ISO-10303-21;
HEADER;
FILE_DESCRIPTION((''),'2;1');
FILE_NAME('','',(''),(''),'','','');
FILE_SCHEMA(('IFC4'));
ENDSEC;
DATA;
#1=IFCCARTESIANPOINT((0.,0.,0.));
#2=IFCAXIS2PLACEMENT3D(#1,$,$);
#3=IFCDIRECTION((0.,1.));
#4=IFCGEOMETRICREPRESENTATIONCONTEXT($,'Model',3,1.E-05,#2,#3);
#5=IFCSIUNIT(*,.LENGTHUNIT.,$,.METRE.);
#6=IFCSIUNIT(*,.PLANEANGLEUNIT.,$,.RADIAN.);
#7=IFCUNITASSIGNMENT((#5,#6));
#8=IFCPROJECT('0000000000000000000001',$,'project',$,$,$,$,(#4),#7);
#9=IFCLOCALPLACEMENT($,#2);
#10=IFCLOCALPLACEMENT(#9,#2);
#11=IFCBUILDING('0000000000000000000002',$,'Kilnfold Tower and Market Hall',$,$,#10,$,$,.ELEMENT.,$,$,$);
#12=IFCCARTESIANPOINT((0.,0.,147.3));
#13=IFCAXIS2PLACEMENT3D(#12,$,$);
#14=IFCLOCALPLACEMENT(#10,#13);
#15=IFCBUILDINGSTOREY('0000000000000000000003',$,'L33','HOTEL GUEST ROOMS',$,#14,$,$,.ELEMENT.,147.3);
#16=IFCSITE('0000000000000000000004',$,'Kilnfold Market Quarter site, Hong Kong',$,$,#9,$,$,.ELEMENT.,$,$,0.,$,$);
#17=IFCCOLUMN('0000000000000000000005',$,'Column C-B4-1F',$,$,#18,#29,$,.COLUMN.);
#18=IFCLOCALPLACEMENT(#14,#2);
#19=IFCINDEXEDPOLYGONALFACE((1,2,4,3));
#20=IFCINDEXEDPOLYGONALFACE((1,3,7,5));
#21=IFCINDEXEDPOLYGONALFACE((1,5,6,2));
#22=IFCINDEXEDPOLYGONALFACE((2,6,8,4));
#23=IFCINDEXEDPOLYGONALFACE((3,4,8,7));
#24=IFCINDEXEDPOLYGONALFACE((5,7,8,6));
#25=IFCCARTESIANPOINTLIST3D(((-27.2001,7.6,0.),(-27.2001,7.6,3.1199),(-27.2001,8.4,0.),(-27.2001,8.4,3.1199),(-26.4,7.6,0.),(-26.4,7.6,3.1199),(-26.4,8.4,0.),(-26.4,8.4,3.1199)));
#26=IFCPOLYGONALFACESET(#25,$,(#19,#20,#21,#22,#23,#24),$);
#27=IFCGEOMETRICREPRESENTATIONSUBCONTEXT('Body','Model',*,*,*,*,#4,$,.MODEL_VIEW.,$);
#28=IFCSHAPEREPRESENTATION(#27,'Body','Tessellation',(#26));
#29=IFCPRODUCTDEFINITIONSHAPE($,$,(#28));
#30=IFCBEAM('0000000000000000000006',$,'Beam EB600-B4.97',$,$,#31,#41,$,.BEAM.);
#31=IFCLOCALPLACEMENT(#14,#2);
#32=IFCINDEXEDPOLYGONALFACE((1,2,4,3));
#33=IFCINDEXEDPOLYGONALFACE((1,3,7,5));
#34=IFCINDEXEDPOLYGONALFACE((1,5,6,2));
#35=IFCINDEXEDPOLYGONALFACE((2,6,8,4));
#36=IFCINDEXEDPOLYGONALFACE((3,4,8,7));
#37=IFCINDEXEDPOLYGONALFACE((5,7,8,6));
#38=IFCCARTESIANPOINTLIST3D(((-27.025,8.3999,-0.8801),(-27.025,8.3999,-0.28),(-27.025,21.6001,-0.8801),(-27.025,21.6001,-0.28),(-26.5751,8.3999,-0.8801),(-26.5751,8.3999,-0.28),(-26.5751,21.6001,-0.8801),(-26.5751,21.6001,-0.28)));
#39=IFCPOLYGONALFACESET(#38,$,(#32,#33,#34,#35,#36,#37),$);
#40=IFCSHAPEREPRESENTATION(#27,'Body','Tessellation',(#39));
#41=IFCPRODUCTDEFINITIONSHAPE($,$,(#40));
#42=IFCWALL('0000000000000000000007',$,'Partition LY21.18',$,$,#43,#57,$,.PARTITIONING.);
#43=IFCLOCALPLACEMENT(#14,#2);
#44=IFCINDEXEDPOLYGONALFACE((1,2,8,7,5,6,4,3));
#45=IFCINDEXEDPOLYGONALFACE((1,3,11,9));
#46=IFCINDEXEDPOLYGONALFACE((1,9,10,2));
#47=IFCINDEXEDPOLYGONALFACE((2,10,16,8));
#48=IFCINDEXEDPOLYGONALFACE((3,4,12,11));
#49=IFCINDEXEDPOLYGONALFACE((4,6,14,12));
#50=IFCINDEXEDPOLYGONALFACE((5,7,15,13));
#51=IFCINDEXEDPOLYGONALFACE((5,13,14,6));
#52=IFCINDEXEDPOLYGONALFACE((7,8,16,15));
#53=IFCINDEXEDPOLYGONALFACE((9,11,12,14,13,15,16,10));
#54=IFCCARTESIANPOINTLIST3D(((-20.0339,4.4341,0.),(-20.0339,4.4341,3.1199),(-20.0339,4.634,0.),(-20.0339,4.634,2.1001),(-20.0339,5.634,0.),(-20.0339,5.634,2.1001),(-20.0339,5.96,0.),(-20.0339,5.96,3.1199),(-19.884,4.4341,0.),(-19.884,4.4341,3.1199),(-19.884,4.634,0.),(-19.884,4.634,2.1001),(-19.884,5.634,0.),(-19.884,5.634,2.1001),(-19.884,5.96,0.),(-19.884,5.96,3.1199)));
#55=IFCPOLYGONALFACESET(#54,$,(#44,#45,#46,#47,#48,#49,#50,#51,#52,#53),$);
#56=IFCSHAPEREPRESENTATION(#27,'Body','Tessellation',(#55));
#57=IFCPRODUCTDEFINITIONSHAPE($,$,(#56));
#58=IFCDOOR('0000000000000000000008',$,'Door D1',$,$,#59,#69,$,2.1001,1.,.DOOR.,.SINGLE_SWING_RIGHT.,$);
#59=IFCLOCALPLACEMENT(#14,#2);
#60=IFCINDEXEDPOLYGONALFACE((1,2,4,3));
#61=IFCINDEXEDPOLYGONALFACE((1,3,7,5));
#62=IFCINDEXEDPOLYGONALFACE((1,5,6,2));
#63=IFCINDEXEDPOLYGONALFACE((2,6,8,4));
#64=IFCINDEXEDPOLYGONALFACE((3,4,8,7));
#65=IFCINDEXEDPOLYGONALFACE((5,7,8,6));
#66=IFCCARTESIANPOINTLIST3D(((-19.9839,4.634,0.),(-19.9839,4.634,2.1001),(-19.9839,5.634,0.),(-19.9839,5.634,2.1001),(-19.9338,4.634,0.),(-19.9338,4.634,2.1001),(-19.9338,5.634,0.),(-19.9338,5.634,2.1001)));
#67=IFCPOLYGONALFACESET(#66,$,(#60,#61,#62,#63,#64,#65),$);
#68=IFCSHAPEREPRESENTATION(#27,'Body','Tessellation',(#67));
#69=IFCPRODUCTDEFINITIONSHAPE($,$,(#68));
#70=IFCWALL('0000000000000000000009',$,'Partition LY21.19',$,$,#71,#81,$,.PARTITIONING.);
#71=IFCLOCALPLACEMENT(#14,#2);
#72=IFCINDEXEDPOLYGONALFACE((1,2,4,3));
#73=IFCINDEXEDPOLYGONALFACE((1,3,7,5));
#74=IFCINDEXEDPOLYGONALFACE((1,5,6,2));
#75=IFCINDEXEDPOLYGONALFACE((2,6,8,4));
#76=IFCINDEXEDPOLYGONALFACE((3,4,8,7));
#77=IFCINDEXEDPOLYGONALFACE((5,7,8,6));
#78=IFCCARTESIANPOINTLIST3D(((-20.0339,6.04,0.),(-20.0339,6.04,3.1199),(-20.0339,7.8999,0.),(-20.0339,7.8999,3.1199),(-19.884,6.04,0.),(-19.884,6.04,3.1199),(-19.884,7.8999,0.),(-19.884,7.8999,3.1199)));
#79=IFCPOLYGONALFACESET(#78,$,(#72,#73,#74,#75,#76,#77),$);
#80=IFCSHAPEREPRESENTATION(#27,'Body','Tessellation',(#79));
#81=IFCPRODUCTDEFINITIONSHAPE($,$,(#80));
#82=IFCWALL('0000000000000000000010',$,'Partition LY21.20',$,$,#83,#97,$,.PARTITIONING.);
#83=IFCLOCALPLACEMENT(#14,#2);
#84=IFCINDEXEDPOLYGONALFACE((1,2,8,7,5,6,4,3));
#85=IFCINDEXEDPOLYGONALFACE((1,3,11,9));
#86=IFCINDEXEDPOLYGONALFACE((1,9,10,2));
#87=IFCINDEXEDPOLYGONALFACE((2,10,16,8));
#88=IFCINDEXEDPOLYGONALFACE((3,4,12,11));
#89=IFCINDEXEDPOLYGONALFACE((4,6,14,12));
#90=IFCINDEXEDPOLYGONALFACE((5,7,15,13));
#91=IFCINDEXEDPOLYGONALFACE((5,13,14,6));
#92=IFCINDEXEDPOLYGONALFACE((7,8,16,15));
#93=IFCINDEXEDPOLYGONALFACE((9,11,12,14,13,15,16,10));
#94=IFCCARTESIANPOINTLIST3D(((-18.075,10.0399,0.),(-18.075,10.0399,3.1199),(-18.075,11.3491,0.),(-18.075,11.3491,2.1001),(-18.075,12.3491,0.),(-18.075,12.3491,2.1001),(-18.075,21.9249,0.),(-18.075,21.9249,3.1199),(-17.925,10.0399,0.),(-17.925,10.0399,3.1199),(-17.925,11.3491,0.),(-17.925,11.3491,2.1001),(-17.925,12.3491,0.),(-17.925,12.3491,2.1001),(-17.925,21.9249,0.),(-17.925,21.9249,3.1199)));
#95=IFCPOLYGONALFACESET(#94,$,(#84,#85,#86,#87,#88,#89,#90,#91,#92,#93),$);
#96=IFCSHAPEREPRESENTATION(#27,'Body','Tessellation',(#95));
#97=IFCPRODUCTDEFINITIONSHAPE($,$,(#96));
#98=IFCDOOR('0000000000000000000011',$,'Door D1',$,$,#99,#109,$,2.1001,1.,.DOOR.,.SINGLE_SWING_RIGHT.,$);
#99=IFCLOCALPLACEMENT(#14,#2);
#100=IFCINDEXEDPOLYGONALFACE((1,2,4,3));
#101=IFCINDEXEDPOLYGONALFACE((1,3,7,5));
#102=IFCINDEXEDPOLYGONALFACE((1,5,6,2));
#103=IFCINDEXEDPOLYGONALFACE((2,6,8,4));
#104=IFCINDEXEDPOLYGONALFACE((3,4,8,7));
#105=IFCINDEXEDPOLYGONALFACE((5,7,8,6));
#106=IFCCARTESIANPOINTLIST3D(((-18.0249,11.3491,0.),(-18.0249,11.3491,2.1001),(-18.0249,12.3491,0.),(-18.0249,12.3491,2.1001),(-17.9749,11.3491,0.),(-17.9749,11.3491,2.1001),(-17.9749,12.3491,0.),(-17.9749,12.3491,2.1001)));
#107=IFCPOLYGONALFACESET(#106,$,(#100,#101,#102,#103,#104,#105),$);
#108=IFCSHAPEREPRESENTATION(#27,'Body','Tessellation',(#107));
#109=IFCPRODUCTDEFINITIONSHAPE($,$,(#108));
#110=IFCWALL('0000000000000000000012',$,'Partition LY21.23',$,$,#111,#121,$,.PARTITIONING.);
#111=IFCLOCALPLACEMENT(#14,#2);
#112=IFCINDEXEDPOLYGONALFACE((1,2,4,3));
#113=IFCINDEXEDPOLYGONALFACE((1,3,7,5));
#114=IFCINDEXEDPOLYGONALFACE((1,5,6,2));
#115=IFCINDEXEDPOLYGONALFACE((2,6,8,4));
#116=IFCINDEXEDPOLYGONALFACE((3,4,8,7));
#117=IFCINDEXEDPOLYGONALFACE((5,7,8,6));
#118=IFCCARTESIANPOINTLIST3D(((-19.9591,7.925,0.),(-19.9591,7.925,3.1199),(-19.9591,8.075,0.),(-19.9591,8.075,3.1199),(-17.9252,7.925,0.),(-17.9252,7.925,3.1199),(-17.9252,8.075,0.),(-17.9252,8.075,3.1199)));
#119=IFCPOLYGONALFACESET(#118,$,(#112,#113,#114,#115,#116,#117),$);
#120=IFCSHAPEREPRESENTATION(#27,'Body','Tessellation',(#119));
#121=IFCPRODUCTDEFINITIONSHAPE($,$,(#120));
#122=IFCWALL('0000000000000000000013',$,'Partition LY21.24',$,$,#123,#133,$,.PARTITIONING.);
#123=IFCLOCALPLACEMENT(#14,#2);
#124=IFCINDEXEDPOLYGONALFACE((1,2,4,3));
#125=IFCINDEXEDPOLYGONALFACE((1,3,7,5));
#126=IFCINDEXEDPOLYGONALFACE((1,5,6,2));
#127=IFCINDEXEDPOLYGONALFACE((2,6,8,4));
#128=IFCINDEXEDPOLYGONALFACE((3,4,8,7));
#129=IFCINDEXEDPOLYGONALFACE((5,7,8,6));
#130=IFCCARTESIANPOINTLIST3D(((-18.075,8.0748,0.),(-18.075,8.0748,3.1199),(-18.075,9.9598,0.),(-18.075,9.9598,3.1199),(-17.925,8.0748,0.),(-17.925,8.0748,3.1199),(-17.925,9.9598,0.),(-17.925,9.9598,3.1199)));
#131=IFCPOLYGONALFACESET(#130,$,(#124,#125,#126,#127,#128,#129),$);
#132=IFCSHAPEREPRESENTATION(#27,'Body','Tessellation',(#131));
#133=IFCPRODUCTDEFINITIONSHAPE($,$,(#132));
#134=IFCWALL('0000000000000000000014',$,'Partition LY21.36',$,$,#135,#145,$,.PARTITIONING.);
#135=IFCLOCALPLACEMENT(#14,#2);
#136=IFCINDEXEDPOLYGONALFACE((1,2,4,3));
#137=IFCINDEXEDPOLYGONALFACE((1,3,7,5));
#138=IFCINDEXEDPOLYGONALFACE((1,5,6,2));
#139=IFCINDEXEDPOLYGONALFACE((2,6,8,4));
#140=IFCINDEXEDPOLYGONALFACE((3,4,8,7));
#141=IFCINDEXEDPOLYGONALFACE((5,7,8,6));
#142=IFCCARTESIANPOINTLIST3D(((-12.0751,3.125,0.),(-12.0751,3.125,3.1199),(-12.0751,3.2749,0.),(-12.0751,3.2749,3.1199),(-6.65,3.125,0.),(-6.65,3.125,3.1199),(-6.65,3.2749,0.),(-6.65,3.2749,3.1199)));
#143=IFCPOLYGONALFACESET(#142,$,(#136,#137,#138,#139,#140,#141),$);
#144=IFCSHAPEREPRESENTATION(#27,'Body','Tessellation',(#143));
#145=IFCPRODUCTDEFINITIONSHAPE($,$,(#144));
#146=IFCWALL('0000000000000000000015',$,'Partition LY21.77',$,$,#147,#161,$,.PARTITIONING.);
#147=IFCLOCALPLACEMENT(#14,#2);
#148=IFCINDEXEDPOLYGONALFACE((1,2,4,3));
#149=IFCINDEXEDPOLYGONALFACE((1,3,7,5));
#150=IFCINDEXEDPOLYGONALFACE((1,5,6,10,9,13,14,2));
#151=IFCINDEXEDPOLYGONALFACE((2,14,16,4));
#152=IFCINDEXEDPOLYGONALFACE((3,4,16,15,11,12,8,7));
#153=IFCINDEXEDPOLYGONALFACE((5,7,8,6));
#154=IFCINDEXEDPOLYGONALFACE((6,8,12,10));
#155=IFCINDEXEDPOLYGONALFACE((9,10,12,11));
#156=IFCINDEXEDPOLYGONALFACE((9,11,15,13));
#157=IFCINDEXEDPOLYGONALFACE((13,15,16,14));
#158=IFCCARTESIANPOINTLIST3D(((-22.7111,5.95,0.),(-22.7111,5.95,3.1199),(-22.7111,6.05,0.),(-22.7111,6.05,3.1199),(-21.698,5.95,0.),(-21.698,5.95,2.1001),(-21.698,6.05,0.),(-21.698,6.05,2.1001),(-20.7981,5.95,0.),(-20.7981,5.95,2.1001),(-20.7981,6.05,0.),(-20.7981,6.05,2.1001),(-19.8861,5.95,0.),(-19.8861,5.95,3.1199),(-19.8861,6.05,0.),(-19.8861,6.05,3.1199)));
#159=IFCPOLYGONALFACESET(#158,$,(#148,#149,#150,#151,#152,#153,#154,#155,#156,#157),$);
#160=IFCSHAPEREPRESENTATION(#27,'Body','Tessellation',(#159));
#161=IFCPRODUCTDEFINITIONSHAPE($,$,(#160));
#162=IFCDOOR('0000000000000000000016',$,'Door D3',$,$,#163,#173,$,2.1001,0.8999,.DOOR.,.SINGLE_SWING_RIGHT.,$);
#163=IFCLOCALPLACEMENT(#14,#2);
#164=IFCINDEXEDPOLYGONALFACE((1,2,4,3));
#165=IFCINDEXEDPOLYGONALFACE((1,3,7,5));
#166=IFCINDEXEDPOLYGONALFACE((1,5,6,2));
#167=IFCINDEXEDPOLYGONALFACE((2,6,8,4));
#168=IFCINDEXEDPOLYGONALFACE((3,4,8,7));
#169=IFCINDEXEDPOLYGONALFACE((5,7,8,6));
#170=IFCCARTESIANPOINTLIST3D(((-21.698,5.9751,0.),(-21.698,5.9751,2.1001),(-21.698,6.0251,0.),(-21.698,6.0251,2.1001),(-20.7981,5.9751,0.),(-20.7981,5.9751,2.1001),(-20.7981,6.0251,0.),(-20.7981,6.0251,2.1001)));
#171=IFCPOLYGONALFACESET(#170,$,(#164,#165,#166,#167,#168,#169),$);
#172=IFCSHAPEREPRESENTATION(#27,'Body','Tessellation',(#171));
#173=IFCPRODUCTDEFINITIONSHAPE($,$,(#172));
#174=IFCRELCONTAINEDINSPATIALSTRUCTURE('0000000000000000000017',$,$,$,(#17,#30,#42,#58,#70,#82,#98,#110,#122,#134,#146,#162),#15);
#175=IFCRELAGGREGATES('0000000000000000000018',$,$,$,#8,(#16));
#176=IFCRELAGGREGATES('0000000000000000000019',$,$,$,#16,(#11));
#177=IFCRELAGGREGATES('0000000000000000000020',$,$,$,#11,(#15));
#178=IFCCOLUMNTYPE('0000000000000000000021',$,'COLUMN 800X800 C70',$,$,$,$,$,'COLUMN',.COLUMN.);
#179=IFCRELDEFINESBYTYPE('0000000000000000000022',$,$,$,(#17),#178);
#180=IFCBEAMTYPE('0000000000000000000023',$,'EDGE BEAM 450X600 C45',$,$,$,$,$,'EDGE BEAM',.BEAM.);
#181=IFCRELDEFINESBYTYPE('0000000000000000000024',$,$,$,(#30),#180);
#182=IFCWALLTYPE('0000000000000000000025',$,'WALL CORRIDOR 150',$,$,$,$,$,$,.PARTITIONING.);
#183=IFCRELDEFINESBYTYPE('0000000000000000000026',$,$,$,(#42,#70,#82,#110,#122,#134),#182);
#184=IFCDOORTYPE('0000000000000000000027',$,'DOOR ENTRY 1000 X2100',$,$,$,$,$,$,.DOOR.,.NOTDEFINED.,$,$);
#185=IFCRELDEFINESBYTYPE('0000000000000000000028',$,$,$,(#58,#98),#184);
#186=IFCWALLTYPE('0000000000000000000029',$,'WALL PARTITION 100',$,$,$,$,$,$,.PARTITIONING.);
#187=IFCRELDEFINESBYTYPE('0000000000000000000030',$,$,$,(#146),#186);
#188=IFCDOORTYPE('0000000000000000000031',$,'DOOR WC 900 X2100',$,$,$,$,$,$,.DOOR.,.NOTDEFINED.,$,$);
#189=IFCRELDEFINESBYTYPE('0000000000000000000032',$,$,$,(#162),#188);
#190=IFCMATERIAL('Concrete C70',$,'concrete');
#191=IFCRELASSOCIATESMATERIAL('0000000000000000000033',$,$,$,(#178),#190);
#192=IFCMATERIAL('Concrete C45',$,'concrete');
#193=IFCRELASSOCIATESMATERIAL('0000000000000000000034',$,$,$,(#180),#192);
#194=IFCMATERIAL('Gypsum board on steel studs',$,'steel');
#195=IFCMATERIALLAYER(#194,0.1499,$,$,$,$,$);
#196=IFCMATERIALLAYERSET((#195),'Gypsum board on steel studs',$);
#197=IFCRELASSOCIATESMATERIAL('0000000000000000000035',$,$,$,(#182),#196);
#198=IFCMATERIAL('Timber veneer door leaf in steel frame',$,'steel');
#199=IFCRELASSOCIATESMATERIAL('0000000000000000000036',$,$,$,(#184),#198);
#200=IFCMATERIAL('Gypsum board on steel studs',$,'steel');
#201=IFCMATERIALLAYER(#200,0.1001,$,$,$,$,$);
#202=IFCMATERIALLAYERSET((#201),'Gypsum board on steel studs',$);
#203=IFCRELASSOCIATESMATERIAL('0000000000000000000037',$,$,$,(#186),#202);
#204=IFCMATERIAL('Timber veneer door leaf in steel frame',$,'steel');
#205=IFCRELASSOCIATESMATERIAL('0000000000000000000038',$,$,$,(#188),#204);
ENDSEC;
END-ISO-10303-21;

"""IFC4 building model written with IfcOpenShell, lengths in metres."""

from ifc_helpers import new_model, si_unit, direction, frame, frame_2d, origin, origin_2d, place, context, subcontext, project, spatial, rectangle, extrude, source, transform, mapped, material, layer, layer_set, material_profile, profile_set, type_object, element, fill, save


model = new_model("IFC4")

# Units and contexts
model_context = context("Model", 3, precision=1e-05, world=origin(), true_north=direction((0.0, 1.0)))
body_context = subcontext(model_context, "Body", "Model", "MODEL_VIEW")
ifc_project = project(units=[si_unit("LENGTHUNIT", "METRE"), si_unit("PLANEANGLEUNIT", "RADIAN")], contexts=[model_context])

# Site, building, storey
site_placement = place(None, origin())
site = spatial("IfcSite", under=ifc_project, at=site_placement, Name="Kilnfold Market Quarter site, Hong Kong", CompositionType="ELEMENT", RefElevation=0.0)
building_placement = place(site_placement, origin())
building = spatial("IfcBuilding", under=site, at=building_placement, Name="Kilnfold Tower and Market Hall", CompositionType="ELEMENT")
storey_placement = place(building_placement, frame((0.0, 0.0, 147.3)))
storey = spatial("IfcBuildingStorey", under=building, at=storey_placement, Name="L33", Description="HOTEL GUEST ROOMS", CompositionType="ELEMENT", Elevation=147.3)

# Column
ifc_material_1 = material(Name="Concrete C70", Category="concrete")
ifc_material_profile_1 = material_profile(ifc_material_1, rectangle(XDim=0.8, YDim=0.8, at=origin_2d()), Name="RC 800x800")
ifc_profile_set_1 = profile_set([ifc_material_profile_1], Name="Concrete C70")
column_type = type_object("IfcColumnType", Name="COLUMN 800X800 C70", ElementType="COLUMN", PredefinedType="COLUMN", material=ifc_profile_set_1)
shared_shape_1 = source(origin(), body_context, "Body", "SweptSolid", [
    extrude(rectangle(XDim=0.8, YDim=0.8, at=origin_2d()), origin(), (0.0, 0.0, 1.0), 3.1199),
])
column_placement = place(storey_placement, frame((-26.8, 8.0, 0.0), z_axis=(0.0, 0.0, 1.0), x_axis=(1.0, 0.0, 0.0)))
element("IfcColumn", 1, at=column_placement, inside=storey, type_object=column_type, Name="Column C-B4-1F", PredefinedType="COLUMN", context=body_context, shape_type="MappedRepresentation", body=[
    mapped(shared_shape_1, transform((0.0, 0.0, 0.0))),
])

# Beam
ifc_material_2 = material(Name="Concrete C45", Category="concrete")
ifc_material_profile_2 = material_profile(ifc_material_2, rectangle(XDim=0.45, YDim=0.6001, at=origin_2d()), Name="RC 450x600")
ifc_profile_set_2 = profile_set([ifc_material_profile_2], Name="Concrete C45")
beam_type = type_object("IfcBeamType", Name="EDGE BEAM 450X600 C45", ElementType="EDGE BEAM", PredefinedType="BEAM", material=ifc_profile_set_2)
shared_shape_2 = source(origin(), body_context, "Body", "SweptSolid", [
    extrude(rectangle(XDim=0.45, YDim=0.6001, at=origin_2d()), origin(), (0.0, 0.0, 1.0), 13.2002),
])
beam_placement = place(storey_placement, frame((-26.8, 8.3999, -0.5801), z_axis=(0.0, 1.0, 0.0), x_axis=(-1.0, 0.0, 0.0)))
element("IfcBeam", 2, at=beam_placement, inside=storey, type_object=beam_type, Name="Beam EB600-B4.97", PredefinedType="BEAM", context=body_context, shape_type="MappedRepresentation", body=[
    mapped(shared_shape_2, transform((0.0, 0.0, 0.0))),
])

# Wall, opening, door
ifc_material_3 = material(Name="Gypsum board on steel studs", Category="steel")
ifc_layer_1 = layer(ifc_material_3, 0.1499)
ifc_layer_set_1 = layer_set([ifc_layer_1], Name="Gypsum board on steel studs")
wall_type_1 = type_object("IfcWallType", Name="WALL CORRIDOR 150", PredefinedType="PARTITIONING", material=ifc_layer_set_1)
wall_1_placement = place(storey_placement, frame((-19.959, 4.4341, 0.0), z_axis=(0.0, 0.0, 1.0), x_axis=(0.0, 1.0, 0.0)))
wall_1 = element("IfcWall", 3, at=wall_1_placement, inside=storey, type_object=wall_type_1, Name="Partition LY21.18", PredefinedType="PARTITIONING", context=body_context, shape_type="SweptSolid", body=[
    extrude(rectangle(XDim=1.5259, YDim=0.1499, at=frame_2d((0.7629, 0.0))), origin(), (0.0, 0.0, 1.0), 3.1199),
])
opening_1_placement = place(wall_1_placement, frame((0.2, 0.0, 0.0)))
opening_1 = element("IfcOpeningElement", 4, at=opening_1_placement, cuts=wall_1, PredefinedType="OPENING", context=body_context, shape_type="SweptSolid", body=[
    extrude(rectangle(XDim=1.0, YDim=2.1001, at=frame_2d((0.5, 1.05))), frame((0.0, 0.085, 0.0), z_axis=(0.0, -1.0, 0.0), x_axis=(1.0, 0.0, 0.0)), (0.0, 0.0, 1.0), 0.1699),
])
ifc_material_4 = material(Name="Timber veneer door leaf in steel frame", Category="steel")
door_type_1 = type_object("IfcDoorType", Name="DOOR ENTRY 1000 X2100", OperationType="NOTDEFINED", PredefinedType="DOOR", material=ifc_material_4)
door_1_placement = place(opening_1_placement, origin())
door_1 = element("IfcDoor", 5, at=door_1_placement, inside=storey, type_object=door_type_1, Name="Door D1", OperationType="SINGLE_SWING_RIGHT", OverallHeight=2.1001, OverallWidth=1.0, PredefinedType="DOOR", context=body_context, shape_type="SweptSolid", body=[
    extrude(rectangle(XDim=1.0, YDim=2.1001, at=frame_2d((0.5, 1.05))), frame((0.0, 0.0249, 0.0), z_axis=(0.0, -1.0, 0.0), x_axis=(1.0, 0.0, 0.0)), (0.0, 0.0, 1.0), 0.05),
])
fill(opening_1, door_1)

# Wall
wall_2_placement = place(storey_placement, frame((-19.959, 6.04, 0.0), z_axis=(0.0, 0.0, 1.0), x_axis=(0.0, 1.0, 0.0)))
element("IfcWall", 6, at=wall_2_placement, inside=storey, type_object=wall_type_1, Name="Partition LY21.19", PredefinedType="PARTITIONING", context=body_context, shape_type="SweptSolid", body=[
    extrude(rectangle(XDim=1.8599, YDim=0.1499, at=frame_2d((0.9299, 0.0))), origin(), (0.0, 0.0, 1.0), 3.1199),
])

# Wall, opening, door
wall_3_placement = place(storey_placement, frame((-18.0, 10.04, 0.0), z_axis=(0.0, 0.0, 1.0), x_axis=(0.0, 1.0, 0.0)))
wall_3 = element("IfcWall", 7, at=wall_3_placement, inside=storey, type_object=wall_type_1, Name="Partition LY21.20", PredefinedType="PARTITIONING", context=body_context, shape_type="SweptSolid", body=[
    extrude(rectangle(XDim=11.885, YDim=0.1499, at=frame_2d((5.9424, 0.0))), origin(), (0.0, 0.0, 1.0), 3.1199),
])
opening_2_placement = place(wall_3_placement, frame((1.3091, 0.0, 0.0)))
opening_2 = element("IfcOpeningElement", 8, at=opening_2_placement, cuts=wall_3, PredefinedType="OPENING", context=body_context, shape_type="SweptSolid", body=[
    extrude(rectangle(XDim=1.0, YDim=2.1001, at=frame_2d((0.5, 1.05))), frame((0.0, 0.085, 0.0), z_axis=(0.0, -1.0, 0.0), x_axis=(1.0, 0.0, 0.0)), (0.0, 0.0, 1.0), 0.1699),
])
door_2_placement = place(opening_2_placement, origin())
door_2 = element("IfcDoor", 9, at=door_2_placement, inside=storey, type_object=door_type_1, Name="Door D1", OperationType="SINGLE_SWING_RIGHT", OverallHeight=2.1001, OverallWidth=1.0, PredefinedType="DOOR", context=body_context, shape_type="SweptSolid", body=[
    extrude(rectangle(XDim=1.0, YDim=2.1001, at=frame_2d((0.5, 1.05))), frame((0.0, 0.0249, 0.0), z_axis=(0.0, -1.0, 0.0), x_axis=(1.0, 0.0, 0.0)), (0.0, 0.0, 1.0), 0.05),
])
fill(opening_2, door_2)

# Walls
wall_4_placement = place(storey_placement, frame((-17.925, 8.0, 0.0), z_axis=(0.0, 0.0, 1.0), x_axis=(-1.0, 0.0, 0.0)))
element("IfcWall", 10, at=wall_4_placement, inside=storey, type_object=wall_type_1, Name="Partition LY21.23", PredefinedType="PARTITIONING", context=body_context, shape_type="SweptSolid", body=[
    extrude(rectangle(XDim=2.0339, YDim=0.1499, at=frame_2d((1.0171, 0.0))), origin(), (0.0, 0.0, 1.0), 3.1199),
])
wall_5_placement = place(storey_placement, frame((-18.0, 8.075, 0.0), z_axis=(0.0, 0.0, 1.0), x_axis=(0.0, 1.0, 0.0)))
element("IfcWall", 11, at=wall_5_placement, inside=storey, type_object=wall_type_1, Name="Partition LY21.24", PredefinedType="PARTITIONING", context=body_context, shape_type="SweptSolid", body=[
    extrude(rectangle(XDim=1.885, YDim=0.1499, at=frame_2d((0.9424, 0.0))), origin(), (0.0, 0.0, 1.0), 3.1199),
])
wall_6_placement = place(storey_placement, frame((-12.075, 3.2, 0.0), z_axis=(0.0, 0.0, 1.0), x_axis=(1.0, 0.0, 0.0)))
element("IfcWall", 12, at=wall_6_placement, inside=storey, type_object=wall_type_1, Name="Partition LY21.36", PredefinedType="PARTITIONING", context=body_context, shape_type="SweptSolid", body=[
    extrude(rectangle(XDim=5.425, YDim=0.1499, at=frame_2d((2.7124, 0.0))), origin(), (0.0, 0.0, 1.0), 3.1199),
])

# Wall, opening, door
ifc_material_5 = material(Name="Gypsum board on steel studs", Category="steel")
ifc_layer_2 = layer(ifc_material_5, 0.1001)
ifc_layer_set_2 = layer_set([ifc_layer_2], Name="Gypsum board on steel studs")
wall_type_2 = type_object("IfcWallType", Name="WALL PARTITION 100", PredefinedType="PARTITIONING", material=ifc_layer_set_2)
wall_7_placement = place(storey_placement, frame((-19.886, 6.0, 0.0), z_axis=(0.0, 0.0, 1.0), x_axis=(-1.0, 0.0, 0.0)))
wall_7 = element("IfcWall", 13, at=wall_7_placement, inside=storey, type_object=wall_type_2, Name="Partition LY21.77", PredefinedType="PARTITIONING", context=body_context, shape_type="SweptSolid", body=[
    extrude(rectangle(XDim=2.825, YDim=0.1001, at=frame_2d((1.4126, 0.0))), origin(), (0.0, 0.0, 1.0), 3.1199),
])
opening_3_placement = place(wall_7_placement, frame((0.9121, 0.0, 0.0)))
opening_3 = element("IfcOpeningElement", 14, at=opening_3_placement, cuts=wall_7, PredefinedType="OPENING", context=body_context, shape_type="SweptSolid", body=[
    extrude(rectangle(XDim=0.8999, YDim=2.1001, at=frame_2d((0.45, 1.05))), frame((0.0, 0.0601, 0.0), z_axis=(0.0, -1.0, 0.0), x_axis=(1.0, 0.0, 0.0)), (0.0, 0.0, 1.0), 0.1201),
])
ifc_material_6 = material(Name="Timber veneer door leaf in steel frame", Category="steel")
door_type_2 = type_object("IfcDoorType", Name="DOOR WC 900 X2100", OperationType="NOTDEFINED", PredefinedType="DOOR", material=ifc_material_6)
door_3_placement = place(opening_3_placement, origin())
door_3 = element("IfcDoor", 15, at=door_3_placement, inside=storey, type_object=door_type_2, Name="Door D3", OperationType="SINGLE_SWING_RIGHT", OverallHeight=2.1001, OverallWidth=0.8999, PredefinedType="DOOR", context=body_context, shape_type="SweptSolid", body=[
    extrude(rectangle(XDim=0.8999, YDim=2.1001, at=frame_2d((0.45, 1.05))), frame((0.0, 0.0249, 0.0), z_axis=(0.0, -1.0, 0.0), x_axis=(1.0, 0.0, 0.0)), (0.0, 0.0, 1.0), 0.05),
])
fill(opening_3, door_3)

save(model, "model.ifc")
